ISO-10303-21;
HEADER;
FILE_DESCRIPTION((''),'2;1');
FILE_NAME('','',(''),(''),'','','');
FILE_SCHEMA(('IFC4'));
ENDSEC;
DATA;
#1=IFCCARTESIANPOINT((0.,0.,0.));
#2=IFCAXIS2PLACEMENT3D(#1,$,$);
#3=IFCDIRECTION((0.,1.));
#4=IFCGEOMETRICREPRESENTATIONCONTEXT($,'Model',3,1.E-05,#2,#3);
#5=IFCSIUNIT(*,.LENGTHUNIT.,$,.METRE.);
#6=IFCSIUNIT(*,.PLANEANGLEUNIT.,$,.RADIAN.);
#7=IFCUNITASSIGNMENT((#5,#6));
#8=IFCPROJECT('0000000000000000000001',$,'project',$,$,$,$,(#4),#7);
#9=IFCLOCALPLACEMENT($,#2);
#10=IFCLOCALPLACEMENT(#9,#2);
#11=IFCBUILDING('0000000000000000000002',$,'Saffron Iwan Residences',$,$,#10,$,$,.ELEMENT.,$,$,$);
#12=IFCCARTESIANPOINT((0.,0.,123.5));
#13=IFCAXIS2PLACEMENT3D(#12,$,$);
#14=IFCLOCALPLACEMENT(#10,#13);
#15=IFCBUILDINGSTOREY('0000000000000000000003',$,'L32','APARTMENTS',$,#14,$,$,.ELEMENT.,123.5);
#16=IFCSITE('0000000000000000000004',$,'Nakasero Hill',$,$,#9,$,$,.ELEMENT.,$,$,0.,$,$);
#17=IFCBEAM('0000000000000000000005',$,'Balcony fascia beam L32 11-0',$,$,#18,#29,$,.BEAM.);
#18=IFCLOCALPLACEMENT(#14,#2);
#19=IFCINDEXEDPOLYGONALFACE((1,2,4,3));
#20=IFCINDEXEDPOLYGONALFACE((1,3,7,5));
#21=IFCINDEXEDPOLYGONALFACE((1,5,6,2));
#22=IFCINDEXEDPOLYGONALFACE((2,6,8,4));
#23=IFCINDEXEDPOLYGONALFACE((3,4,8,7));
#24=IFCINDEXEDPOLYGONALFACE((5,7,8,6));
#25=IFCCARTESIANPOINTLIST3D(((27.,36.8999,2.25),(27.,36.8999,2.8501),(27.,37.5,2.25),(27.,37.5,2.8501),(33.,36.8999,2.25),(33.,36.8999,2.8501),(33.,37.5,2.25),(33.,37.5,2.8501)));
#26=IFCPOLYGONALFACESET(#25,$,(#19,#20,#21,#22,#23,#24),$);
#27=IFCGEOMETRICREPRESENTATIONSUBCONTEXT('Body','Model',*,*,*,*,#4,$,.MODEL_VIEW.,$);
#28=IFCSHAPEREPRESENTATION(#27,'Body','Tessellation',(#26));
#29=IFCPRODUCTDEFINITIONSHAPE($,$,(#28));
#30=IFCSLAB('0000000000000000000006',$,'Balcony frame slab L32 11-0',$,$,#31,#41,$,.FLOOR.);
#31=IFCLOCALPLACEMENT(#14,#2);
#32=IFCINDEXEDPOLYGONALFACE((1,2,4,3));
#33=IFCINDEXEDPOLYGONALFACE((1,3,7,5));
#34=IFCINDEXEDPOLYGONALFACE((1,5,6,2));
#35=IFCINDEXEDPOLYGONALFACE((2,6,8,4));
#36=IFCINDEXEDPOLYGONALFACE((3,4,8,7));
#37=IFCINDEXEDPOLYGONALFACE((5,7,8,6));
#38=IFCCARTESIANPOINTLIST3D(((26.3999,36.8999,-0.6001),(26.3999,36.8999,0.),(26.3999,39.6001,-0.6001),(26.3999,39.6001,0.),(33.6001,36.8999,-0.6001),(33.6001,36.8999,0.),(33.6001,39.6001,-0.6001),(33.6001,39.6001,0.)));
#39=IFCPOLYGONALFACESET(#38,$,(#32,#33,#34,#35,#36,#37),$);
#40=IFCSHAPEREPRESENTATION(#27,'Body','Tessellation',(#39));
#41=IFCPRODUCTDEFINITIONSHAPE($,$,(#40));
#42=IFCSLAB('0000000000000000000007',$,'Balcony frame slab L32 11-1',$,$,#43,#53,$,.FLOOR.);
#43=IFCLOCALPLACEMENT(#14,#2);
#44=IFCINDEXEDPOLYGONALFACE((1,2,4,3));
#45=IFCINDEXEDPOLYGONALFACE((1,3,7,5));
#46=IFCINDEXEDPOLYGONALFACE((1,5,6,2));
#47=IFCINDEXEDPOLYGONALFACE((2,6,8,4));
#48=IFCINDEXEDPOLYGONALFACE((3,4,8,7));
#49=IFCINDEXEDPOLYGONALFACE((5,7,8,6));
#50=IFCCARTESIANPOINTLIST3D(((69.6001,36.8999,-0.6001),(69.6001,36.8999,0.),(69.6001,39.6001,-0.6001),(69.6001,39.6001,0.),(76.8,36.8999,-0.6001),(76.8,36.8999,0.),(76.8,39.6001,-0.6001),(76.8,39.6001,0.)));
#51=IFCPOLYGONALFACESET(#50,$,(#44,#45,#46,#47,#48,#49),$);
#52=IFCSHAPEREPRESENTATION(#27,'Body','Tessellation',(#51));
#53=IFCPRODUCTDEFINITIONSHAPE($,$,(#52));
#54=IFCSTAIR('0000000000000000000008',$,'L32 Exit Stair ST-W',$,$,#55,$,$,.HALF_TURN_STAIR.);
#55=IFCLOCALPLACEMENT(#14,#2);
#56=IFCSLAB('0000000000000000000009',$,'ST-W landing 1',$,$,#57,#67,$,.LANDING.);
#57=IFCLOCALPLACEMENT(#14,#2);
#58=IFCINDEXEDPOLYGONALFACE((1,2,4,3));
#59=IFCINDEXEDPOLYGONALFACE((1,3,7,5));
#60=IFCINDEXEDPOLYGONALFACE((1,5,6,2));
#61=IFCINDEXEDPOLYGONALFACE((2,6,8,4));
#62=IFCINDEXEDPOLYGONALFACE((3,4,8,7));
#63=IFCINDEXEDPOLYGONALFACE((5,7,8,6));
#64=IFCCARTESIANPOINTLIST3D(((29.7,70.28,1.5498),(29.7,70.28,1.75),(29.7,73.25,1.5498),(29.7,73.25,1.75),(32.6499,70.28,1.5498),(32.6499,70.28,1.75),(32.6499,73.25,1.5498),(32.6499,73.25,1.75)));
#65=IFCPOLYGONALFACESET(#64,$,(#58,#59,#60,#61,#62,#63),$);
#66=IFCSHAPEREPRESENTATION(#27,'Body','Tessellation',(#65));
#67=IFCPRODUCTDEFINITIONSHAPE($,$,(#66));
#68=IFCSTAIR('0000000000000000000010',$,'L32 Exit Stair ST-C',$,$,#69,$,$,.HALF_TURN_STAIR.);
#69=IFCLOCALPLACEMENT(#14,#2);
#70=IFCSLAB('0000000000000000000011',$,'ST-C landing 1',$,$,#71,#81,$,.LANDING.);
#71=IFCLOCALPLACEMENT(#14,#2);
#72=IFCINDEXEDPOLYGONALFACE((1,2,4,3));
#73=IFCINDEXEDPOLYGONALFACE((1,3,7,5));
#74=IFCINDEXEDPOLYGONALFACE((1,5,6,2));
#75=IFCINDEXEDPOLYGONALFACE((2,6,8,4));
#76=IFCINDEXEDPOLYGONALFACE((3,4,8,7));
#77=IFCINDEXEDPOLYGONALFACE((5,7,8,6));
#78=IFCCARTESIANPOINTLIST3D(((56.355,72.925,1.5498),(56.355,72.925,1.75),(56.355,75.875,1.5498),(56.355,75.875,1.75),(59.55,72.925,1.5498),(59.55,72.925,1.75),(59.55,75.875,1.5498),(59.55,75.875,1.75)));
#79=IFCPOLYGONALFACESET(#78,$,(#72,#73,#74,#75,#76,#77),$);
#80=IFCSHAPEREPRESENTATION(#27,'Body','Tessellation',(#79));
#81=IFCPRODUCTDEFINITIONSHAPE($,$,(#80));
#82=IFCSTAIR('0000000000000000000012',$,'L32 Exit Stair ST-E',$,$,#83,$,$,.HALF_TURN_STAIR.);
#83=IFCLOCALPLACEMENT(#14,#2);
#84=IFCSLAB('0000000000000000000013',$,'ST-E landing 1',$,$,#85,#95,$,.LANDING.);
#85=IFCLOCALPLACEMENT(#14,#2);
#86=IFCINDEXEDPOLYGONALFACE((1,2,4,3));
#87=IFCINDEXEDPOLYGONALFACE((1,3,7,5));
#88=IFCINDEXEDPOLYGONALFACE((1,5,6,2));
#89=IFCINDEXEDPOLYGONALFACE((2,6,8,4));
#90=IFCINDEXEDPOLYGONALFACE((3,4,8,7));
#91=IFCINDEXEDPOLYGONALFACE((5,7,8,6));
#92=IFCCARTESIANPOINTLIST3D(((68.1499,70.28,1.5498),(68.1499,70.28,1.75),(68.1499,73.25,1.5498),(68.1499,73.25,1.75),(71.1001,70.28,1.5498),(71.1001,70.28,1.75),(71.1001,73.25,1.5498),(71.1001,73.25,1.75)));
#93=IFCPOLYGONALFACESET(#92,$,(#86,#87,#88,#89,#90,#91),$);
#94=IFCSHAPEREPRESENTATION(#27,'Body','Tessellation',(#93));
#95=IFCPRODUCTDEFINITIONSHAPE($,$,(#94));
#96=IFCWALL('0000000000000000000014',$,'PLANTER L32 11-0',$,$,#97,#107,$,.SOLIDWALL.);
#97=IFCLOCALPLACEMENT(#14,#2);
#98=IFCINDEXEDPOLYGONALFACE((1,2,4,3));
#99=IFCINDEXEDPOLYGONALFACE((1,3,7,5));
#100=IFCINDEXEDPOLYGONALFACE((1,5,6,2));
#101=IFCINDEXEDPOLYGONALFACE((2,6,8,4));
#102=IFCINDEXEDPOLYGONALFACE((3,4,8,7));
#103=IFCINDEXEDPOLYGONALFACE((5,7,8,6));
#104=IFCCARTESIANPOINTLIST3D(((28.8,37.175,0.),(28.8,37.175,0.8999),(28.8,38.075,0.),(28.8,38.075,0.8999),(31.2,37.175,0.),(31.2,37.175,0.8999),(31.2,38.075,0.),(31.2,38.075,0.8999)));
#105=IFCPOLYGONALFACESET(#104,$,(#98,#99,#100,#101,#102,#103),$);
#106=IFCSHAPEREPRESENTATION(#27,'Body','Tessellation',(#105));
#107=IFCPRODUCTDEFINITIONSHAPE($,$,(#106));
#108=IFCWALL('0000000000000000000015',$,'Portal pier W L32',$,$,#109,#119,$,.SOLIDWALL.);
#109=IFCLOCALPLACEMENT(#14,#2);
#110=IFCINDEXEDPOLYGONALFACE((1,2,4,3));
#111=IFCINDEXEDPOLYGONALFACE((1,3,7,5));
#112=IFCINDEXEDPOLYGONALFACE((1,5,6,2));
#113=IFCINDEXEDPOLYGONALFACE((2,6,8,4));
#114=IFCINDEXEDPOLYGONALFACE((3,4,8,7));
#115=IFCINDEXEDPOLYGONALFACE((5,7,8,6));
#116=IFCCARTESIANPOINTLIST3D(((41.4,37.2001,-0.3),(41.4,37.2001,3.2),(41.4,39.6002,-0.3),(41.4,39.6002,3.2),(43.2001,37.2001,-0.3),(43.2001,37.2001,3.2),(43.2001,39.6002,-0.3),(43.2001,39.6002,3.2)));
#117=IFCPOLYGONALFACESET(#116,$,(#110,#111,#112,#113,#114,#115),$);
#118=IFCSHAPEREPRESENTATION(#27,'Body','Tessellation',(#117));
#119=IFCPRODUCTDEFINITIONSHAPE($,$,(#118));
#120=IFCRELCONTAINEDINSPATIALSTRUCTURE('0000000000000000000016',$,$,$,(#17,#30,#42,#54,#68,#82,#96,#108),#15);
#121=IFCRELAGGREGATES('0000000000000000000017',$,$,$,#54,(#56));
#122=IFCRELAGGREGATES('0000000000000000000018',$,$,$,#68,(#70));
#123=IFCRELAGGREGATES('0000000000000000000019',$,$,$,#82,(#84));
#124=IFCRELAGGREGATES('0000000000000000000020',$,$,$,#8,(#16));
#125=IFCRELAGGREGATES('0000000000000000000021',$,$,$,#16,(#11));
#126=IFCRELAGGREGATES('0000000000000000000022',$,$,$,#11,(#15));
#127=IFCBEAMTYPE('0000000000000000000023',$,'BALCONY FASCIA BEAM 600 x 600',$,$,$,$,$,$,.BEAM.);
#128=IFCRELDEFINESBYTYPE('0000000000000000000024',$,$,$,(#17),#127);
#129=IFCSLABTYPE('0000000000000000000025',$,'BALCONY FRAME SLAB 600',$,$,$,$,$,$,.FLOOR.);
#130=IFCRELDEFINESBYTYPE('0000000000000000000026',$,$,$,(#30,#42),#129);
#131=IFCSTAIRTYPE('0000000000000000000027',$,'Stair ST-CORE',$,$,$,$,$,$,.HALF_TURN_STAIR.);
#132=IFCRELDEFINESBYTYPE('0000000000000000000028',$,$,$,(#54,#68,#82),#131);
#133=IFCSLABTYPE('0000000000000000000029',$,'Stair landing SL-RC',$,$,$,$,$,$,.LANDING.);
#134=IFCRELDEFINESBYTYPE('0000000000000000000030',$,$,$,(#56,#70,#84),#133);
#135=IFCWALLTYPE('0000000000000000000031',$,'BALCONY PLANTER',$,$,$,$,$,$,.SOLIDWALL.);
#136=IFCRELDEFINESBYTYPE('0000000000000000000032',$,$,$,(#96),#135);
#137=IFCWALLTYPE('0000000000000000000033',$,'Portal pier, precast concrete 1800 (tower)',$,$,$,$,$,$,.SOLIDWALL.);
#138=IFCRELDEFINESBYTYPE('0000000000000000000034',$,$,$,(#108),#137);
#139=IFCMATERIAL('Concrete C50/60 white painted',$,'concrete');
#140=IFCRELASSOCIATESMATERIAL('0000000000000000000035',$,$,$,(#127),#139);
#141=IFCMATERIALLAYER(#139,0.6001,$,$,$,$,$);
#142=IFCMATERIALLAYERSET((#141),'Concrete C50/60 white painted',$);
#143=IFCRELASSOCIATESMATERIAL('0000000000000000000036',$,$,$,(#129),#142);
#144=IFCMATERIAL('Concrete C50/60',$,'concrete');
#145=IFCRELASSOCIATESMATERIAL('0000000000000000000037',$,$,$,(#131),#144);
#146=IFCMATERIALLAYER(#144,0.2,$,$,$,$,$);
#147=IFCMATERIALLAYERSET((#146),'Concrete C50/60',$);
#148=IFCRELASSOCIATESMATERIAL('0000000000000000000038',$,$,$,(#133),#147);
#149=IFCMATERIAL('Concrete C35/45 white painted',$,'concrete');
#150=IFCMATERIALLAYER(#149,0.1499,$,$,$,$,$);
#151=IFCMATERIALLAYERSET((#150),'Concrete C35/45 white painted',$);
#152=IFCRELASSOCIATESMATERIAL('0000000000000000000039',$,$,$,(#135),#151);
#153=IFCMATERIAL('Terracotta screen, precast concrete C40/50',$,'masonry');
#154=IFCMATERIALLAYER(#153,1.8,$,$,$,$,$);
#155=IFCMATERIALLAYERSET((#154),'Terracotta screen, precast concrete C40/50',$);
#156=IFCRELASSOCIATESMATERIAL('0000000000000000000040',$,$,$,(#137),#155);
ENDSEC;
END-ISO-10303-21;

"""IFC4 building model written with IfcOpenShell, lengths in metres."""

from ifc_helpers import new_model, si_unit, direction, frame, frame_2d, origin, origin_2d, place, context, subcontext, project, spatial, polyline, rectangle, outline, extrude, source, transform, mapped, material, layer, layer_set, material_profile, profile_set, type_object, element, aggregate, save


model = new_model("IFC4")

# Units and contexts
model_context = context("Model", 3, precision=1e-05, world=origin(), true_north=direction((0.0, 1.0)))
body_context = subcontext(model_context, "Body", "Model", "MODEL_VIEW")
ifc_project = project(units=[si_unit("LENGTHUNIT", "METRE"), si_unit("PLANEANGLEUNIT", "RADIAN")], contexts=[model_context])

# Site, building, storey
site_placement = place(None, origin())
site = spatial("IfcSite", under=ifc_project, at=site_placement, Name="Nakasero Hill", CompositionType="ELEMENT", RefElevation=0.0)
building_placement = place(site_placement, origin())
building = spatial("IfcBuilding", under=site, at=building_placement, Name="Saffron Iwan Residences", CompositionType="ELEMENT")
storey_placement = place(building_placement, frame((0.0, 0.0, 123.5)))
storey = spatial("IfcBuildingStorey", under=building, at=storey_placement, Name="L32", Description="APARTMENTS", CompositionType="ELEMENT", Elevation=123.5)

# Beam
ifc_material_1 = material(Name="Concrete C50/60 white painted", Category="concrete")
ifc_material_profile = material_profile(ifc_material_1, rectangle(XDim=0.6001, YDim=0.6001, at=origin_2d()), Name="BALCONY FASCIA BEAM 600 x 600")
ifc_profile_set = profile_set([ifc_material_profile], Name="Concrete C50/60 white painted")
beam_type = type_object("IfcBeamType", Name="BALCONY FASCIA BEAM 600 x 600", PredefinedType="BEAM", material=ifc_profile_set)
shared_shape = source(origin(), body_context, "Body", "SweptSolid", [
    extrude(rectangle(XDim=0.6001, YDim=0.6001, at=origin_2d()), origin(), (0.0, 0.0, 1.0), 6.0),
])
beam_placement = place(storey_placement, frame((27.0, 37.2, 2.55), z_axis=(1.0, 0.0, 0.0), x_axis=(0.0, 1.0, 0.0)))
element("IfcBeam", 1, at=beam_placement, inside=storey, type_object=beam_type, Name="Balcony fascia beam L32 11-0", PredefinedType="BEAM", context=body_context, shape_type="MappedRepresentation", body=[
    mapped(shared_shape, transform((0.0, 0.0, 0.0))),
])

# Slabs
ifc_layer_1 = layer(ifc_material_1, 0.6001)
ifc_layer_set_1 = layer_set([ifc_layer_1], Name="Concrete C50/60 white painted")
slab_type_1 = type_object("IfcSlabType", Name="BALCONY FRAME SLAB 600", PredefinedType="FLOOR", material=ifc_layer_set_1)
slab_1_placement = place(storey_placement, frame((0.0, 0.0, -0.6001)))
element("IfcSlab", 2, at=slab_1_placement, inside=storey, type_object=slab_type_1, Name="Balcony frame slab L32 11-0", PredefinedType="FLOOR", context=body_context, shape_type="SweptSolid", body=[
    extrude(outline(polyline([(26.3999, 36.8999), (33.6001, 36.8999), (33.6001, 39.6001), (26.3999, 39.6001), (26.3999, 36.8999)])), origin(), (0.0, 0.0, 1.0), 0.6001),
])
slab_2_placement = place(storey_placement, frame((0.0, 0.0, -0.6001)))
element("IfcSlab", 3, at=slab_2_placement, inside=storey, type_object=slab_type_1, Name="Balcony frame slab L32 11-1", PredefinedType="FLOOR", context=body_context, shape_type="SweptSolid", body=[
    extrude(outline(polyline([(69.6001, 36.8999), (76.8, 36.8999), (76.8, 39.6001), (69.6001, 39.6001), (69.6001, 36.8999)])), origin(), (0.0, 0.0, 1.0), 0.6001),
])

# Stairs, slabs
ifc_material_2 = material(Name="Concrete C50/60", Category="concrete")
stair_type = type_object("IfcStairType", Name="Stair ST-CORE", PredefinedType="HALF_TURN_STAIR", material=ifc_material_2)
stair_1_placement = place(storey_placement, origin())
stair_1 = element("IfcStair", 4, at=stair_1_placement, inside=storey, type_object=stair_type, Name="L32 Exit Stair ST-W", PredefinedType="HALF_TURN_STAIR")
ifc_layer_2 = layer(ifc_material_2, 0.2)
ifc_layer_set_2 = layer_set([ifc_layer_2], Name="Concrete C50/60")
slab_type_2 = type_object("IfcSlabType", Name="Stair landing SL-RC", PredefinedType="LANDING", material=ifc_layer_set_2)
slab_3_placement = place(storey_placement, frame((0.0, 0.0, 1.5498)))
slab_3 = element("IfcSlab", 5, at=slab_3_placement, type_object=slab_type_2, Name="ST-W landing 1", PredefinedType="LANDING", context=body_context, shape_type="SweptSolid", body=[
    extrude(outline(polyline([(32.6499, 70.28), (32.6499, 73.25), (29.7, 73.25), (29.7, 70.28), (32.6499, 70.28)])), origin(), (0.0, 0.0, 1.0), 0.2002),
])
aggregate(stair_1, [slab_3])
stair_2_placement = place(storey_placement, origin())
stair_2 = element("IfcStair", 6, at=stair_2_placement, inside=storey, type_object=stair_type, Name="L32 Exit Stair ST-C", PredefinedType="HALF_TURN_STAIR")
slab_4_placement = place(storey_placement, frame((0.0, 0.0, 1.5498)))
slab_4 = element("IfcSlab", 7, at=slab_4_placement, type_object=slab_type_2, Name="ST-C landing 1", PredefinedType="LANDING", context=body_context, shape_type="SweptSolid", body=[
    extrude(outline(polyline([(56.355, 72.925), (59.55, 72.925), (59.55, 75.875), (56.355, 75.875), (56.355, 72.925)])), origin(), (0.0, 0.0, 1.0), 0.2002),
])
aggregate(stair_2, [slab_4])
stair_3_placement = place(storey_placement, origin())
stair_3 = element("IfcStair", 8, at=stair_3_placement, inside=storey, type_object=stair_type, Name="L32 Exit Stair ST-E", PredefinedType="HALF_TURN_STAIR")
slab_5_placement = place(storey_placement, frame((0.0, 0.0, 1.5498)))
slab_5 = element("IfcSlab", 9, at=slab_5_placement, type_object=slab_type_2, Name="ST-E landing 1", PredefinedType="LANDING", context=body_context, shape_type="SweptSolid", body=[
    extrude(outline(polyline([(71.1001, 70.28), (71.1001, 73.25), (68.1499, 73.25), (68.1499, 70.28), (71.1001, 70.28)])), origin(), (0.0, 0.0, 1.0), 0.2002),
])
aggregate(stair_3, [slab_5])

# Walls
ifc_material_3 = material(Name="Concrete C35/45 white painted", Category="concrete")
ifc_layer_3 = layer(ifc_material_3, 0.1499)
ifc_layer_set_3 = layer_set([ifc_layer_3], Name="Concrete C35/45 white painted")
wall_type_1 = type_object("IfcWallType", Name="BALCONY PLANTER", PredefinedType="SOLIDWALL", material=ifc_layer_set_3)
wall_1_placement = place(storey_placement, frame((28.8, 37.625, 0.0), z_axis=(0.0, 0.0, 1.0), x_axis=(1.0, 0.0, 0.0)))
element("IfcWall", 10, at=wall_1_placement, inside=storey, type_object=wall_type_1, Name="PLANTER L32 11-0", PredefinedType="SOLIDWALL", context=body_context, shape_type="SweptSolid", body=[
    extrude(rectangle(XDim=2.3999, YDim=0.8999, at=frame_2d((1.2, 0.0))), origin(), (0.0, 0.0, 1.0), 0.8999),
])
ifc_material_4 = material(Name="Terracotta screen, precast concrete C40/50", Category="masonry")
ifc_layer_4 = layer(ifc_material_4, 1.8)
ifc_layer_set_4 = layer_set([ifc_layer_4], Name="Terracotta screen, precast concrete C40/50")
wall_type_2 = type_object("IfcWallType", Name="Portal pier, precast concrete 1800 (tower)", PredefinedType="SOLIDWALL", material=ifc_layer_set_4)
wall_2_placement = place(storey_placement, frame((42.3, 37.2, -0.3), z_axis=(0.0, 0.0, 1.0), x_axis=(0.0, 1.0, 0.0)))
element("IfcWall", 11, at=wall_2_placement, inside=storey, type_object=wall_type_2, Name="Portal pier W L32", PredefinedType="SOLIDWALL", context=body_context, shape_type="SweptSolid", body=[
    extrude(rectangle(XDim=2.4001, YDim=1.8, at=frame_2d((1.2002, 0.0))), origin(), (0.0, 0.0, 1.0), 3.5),
])

save(model, "model.ifc")
